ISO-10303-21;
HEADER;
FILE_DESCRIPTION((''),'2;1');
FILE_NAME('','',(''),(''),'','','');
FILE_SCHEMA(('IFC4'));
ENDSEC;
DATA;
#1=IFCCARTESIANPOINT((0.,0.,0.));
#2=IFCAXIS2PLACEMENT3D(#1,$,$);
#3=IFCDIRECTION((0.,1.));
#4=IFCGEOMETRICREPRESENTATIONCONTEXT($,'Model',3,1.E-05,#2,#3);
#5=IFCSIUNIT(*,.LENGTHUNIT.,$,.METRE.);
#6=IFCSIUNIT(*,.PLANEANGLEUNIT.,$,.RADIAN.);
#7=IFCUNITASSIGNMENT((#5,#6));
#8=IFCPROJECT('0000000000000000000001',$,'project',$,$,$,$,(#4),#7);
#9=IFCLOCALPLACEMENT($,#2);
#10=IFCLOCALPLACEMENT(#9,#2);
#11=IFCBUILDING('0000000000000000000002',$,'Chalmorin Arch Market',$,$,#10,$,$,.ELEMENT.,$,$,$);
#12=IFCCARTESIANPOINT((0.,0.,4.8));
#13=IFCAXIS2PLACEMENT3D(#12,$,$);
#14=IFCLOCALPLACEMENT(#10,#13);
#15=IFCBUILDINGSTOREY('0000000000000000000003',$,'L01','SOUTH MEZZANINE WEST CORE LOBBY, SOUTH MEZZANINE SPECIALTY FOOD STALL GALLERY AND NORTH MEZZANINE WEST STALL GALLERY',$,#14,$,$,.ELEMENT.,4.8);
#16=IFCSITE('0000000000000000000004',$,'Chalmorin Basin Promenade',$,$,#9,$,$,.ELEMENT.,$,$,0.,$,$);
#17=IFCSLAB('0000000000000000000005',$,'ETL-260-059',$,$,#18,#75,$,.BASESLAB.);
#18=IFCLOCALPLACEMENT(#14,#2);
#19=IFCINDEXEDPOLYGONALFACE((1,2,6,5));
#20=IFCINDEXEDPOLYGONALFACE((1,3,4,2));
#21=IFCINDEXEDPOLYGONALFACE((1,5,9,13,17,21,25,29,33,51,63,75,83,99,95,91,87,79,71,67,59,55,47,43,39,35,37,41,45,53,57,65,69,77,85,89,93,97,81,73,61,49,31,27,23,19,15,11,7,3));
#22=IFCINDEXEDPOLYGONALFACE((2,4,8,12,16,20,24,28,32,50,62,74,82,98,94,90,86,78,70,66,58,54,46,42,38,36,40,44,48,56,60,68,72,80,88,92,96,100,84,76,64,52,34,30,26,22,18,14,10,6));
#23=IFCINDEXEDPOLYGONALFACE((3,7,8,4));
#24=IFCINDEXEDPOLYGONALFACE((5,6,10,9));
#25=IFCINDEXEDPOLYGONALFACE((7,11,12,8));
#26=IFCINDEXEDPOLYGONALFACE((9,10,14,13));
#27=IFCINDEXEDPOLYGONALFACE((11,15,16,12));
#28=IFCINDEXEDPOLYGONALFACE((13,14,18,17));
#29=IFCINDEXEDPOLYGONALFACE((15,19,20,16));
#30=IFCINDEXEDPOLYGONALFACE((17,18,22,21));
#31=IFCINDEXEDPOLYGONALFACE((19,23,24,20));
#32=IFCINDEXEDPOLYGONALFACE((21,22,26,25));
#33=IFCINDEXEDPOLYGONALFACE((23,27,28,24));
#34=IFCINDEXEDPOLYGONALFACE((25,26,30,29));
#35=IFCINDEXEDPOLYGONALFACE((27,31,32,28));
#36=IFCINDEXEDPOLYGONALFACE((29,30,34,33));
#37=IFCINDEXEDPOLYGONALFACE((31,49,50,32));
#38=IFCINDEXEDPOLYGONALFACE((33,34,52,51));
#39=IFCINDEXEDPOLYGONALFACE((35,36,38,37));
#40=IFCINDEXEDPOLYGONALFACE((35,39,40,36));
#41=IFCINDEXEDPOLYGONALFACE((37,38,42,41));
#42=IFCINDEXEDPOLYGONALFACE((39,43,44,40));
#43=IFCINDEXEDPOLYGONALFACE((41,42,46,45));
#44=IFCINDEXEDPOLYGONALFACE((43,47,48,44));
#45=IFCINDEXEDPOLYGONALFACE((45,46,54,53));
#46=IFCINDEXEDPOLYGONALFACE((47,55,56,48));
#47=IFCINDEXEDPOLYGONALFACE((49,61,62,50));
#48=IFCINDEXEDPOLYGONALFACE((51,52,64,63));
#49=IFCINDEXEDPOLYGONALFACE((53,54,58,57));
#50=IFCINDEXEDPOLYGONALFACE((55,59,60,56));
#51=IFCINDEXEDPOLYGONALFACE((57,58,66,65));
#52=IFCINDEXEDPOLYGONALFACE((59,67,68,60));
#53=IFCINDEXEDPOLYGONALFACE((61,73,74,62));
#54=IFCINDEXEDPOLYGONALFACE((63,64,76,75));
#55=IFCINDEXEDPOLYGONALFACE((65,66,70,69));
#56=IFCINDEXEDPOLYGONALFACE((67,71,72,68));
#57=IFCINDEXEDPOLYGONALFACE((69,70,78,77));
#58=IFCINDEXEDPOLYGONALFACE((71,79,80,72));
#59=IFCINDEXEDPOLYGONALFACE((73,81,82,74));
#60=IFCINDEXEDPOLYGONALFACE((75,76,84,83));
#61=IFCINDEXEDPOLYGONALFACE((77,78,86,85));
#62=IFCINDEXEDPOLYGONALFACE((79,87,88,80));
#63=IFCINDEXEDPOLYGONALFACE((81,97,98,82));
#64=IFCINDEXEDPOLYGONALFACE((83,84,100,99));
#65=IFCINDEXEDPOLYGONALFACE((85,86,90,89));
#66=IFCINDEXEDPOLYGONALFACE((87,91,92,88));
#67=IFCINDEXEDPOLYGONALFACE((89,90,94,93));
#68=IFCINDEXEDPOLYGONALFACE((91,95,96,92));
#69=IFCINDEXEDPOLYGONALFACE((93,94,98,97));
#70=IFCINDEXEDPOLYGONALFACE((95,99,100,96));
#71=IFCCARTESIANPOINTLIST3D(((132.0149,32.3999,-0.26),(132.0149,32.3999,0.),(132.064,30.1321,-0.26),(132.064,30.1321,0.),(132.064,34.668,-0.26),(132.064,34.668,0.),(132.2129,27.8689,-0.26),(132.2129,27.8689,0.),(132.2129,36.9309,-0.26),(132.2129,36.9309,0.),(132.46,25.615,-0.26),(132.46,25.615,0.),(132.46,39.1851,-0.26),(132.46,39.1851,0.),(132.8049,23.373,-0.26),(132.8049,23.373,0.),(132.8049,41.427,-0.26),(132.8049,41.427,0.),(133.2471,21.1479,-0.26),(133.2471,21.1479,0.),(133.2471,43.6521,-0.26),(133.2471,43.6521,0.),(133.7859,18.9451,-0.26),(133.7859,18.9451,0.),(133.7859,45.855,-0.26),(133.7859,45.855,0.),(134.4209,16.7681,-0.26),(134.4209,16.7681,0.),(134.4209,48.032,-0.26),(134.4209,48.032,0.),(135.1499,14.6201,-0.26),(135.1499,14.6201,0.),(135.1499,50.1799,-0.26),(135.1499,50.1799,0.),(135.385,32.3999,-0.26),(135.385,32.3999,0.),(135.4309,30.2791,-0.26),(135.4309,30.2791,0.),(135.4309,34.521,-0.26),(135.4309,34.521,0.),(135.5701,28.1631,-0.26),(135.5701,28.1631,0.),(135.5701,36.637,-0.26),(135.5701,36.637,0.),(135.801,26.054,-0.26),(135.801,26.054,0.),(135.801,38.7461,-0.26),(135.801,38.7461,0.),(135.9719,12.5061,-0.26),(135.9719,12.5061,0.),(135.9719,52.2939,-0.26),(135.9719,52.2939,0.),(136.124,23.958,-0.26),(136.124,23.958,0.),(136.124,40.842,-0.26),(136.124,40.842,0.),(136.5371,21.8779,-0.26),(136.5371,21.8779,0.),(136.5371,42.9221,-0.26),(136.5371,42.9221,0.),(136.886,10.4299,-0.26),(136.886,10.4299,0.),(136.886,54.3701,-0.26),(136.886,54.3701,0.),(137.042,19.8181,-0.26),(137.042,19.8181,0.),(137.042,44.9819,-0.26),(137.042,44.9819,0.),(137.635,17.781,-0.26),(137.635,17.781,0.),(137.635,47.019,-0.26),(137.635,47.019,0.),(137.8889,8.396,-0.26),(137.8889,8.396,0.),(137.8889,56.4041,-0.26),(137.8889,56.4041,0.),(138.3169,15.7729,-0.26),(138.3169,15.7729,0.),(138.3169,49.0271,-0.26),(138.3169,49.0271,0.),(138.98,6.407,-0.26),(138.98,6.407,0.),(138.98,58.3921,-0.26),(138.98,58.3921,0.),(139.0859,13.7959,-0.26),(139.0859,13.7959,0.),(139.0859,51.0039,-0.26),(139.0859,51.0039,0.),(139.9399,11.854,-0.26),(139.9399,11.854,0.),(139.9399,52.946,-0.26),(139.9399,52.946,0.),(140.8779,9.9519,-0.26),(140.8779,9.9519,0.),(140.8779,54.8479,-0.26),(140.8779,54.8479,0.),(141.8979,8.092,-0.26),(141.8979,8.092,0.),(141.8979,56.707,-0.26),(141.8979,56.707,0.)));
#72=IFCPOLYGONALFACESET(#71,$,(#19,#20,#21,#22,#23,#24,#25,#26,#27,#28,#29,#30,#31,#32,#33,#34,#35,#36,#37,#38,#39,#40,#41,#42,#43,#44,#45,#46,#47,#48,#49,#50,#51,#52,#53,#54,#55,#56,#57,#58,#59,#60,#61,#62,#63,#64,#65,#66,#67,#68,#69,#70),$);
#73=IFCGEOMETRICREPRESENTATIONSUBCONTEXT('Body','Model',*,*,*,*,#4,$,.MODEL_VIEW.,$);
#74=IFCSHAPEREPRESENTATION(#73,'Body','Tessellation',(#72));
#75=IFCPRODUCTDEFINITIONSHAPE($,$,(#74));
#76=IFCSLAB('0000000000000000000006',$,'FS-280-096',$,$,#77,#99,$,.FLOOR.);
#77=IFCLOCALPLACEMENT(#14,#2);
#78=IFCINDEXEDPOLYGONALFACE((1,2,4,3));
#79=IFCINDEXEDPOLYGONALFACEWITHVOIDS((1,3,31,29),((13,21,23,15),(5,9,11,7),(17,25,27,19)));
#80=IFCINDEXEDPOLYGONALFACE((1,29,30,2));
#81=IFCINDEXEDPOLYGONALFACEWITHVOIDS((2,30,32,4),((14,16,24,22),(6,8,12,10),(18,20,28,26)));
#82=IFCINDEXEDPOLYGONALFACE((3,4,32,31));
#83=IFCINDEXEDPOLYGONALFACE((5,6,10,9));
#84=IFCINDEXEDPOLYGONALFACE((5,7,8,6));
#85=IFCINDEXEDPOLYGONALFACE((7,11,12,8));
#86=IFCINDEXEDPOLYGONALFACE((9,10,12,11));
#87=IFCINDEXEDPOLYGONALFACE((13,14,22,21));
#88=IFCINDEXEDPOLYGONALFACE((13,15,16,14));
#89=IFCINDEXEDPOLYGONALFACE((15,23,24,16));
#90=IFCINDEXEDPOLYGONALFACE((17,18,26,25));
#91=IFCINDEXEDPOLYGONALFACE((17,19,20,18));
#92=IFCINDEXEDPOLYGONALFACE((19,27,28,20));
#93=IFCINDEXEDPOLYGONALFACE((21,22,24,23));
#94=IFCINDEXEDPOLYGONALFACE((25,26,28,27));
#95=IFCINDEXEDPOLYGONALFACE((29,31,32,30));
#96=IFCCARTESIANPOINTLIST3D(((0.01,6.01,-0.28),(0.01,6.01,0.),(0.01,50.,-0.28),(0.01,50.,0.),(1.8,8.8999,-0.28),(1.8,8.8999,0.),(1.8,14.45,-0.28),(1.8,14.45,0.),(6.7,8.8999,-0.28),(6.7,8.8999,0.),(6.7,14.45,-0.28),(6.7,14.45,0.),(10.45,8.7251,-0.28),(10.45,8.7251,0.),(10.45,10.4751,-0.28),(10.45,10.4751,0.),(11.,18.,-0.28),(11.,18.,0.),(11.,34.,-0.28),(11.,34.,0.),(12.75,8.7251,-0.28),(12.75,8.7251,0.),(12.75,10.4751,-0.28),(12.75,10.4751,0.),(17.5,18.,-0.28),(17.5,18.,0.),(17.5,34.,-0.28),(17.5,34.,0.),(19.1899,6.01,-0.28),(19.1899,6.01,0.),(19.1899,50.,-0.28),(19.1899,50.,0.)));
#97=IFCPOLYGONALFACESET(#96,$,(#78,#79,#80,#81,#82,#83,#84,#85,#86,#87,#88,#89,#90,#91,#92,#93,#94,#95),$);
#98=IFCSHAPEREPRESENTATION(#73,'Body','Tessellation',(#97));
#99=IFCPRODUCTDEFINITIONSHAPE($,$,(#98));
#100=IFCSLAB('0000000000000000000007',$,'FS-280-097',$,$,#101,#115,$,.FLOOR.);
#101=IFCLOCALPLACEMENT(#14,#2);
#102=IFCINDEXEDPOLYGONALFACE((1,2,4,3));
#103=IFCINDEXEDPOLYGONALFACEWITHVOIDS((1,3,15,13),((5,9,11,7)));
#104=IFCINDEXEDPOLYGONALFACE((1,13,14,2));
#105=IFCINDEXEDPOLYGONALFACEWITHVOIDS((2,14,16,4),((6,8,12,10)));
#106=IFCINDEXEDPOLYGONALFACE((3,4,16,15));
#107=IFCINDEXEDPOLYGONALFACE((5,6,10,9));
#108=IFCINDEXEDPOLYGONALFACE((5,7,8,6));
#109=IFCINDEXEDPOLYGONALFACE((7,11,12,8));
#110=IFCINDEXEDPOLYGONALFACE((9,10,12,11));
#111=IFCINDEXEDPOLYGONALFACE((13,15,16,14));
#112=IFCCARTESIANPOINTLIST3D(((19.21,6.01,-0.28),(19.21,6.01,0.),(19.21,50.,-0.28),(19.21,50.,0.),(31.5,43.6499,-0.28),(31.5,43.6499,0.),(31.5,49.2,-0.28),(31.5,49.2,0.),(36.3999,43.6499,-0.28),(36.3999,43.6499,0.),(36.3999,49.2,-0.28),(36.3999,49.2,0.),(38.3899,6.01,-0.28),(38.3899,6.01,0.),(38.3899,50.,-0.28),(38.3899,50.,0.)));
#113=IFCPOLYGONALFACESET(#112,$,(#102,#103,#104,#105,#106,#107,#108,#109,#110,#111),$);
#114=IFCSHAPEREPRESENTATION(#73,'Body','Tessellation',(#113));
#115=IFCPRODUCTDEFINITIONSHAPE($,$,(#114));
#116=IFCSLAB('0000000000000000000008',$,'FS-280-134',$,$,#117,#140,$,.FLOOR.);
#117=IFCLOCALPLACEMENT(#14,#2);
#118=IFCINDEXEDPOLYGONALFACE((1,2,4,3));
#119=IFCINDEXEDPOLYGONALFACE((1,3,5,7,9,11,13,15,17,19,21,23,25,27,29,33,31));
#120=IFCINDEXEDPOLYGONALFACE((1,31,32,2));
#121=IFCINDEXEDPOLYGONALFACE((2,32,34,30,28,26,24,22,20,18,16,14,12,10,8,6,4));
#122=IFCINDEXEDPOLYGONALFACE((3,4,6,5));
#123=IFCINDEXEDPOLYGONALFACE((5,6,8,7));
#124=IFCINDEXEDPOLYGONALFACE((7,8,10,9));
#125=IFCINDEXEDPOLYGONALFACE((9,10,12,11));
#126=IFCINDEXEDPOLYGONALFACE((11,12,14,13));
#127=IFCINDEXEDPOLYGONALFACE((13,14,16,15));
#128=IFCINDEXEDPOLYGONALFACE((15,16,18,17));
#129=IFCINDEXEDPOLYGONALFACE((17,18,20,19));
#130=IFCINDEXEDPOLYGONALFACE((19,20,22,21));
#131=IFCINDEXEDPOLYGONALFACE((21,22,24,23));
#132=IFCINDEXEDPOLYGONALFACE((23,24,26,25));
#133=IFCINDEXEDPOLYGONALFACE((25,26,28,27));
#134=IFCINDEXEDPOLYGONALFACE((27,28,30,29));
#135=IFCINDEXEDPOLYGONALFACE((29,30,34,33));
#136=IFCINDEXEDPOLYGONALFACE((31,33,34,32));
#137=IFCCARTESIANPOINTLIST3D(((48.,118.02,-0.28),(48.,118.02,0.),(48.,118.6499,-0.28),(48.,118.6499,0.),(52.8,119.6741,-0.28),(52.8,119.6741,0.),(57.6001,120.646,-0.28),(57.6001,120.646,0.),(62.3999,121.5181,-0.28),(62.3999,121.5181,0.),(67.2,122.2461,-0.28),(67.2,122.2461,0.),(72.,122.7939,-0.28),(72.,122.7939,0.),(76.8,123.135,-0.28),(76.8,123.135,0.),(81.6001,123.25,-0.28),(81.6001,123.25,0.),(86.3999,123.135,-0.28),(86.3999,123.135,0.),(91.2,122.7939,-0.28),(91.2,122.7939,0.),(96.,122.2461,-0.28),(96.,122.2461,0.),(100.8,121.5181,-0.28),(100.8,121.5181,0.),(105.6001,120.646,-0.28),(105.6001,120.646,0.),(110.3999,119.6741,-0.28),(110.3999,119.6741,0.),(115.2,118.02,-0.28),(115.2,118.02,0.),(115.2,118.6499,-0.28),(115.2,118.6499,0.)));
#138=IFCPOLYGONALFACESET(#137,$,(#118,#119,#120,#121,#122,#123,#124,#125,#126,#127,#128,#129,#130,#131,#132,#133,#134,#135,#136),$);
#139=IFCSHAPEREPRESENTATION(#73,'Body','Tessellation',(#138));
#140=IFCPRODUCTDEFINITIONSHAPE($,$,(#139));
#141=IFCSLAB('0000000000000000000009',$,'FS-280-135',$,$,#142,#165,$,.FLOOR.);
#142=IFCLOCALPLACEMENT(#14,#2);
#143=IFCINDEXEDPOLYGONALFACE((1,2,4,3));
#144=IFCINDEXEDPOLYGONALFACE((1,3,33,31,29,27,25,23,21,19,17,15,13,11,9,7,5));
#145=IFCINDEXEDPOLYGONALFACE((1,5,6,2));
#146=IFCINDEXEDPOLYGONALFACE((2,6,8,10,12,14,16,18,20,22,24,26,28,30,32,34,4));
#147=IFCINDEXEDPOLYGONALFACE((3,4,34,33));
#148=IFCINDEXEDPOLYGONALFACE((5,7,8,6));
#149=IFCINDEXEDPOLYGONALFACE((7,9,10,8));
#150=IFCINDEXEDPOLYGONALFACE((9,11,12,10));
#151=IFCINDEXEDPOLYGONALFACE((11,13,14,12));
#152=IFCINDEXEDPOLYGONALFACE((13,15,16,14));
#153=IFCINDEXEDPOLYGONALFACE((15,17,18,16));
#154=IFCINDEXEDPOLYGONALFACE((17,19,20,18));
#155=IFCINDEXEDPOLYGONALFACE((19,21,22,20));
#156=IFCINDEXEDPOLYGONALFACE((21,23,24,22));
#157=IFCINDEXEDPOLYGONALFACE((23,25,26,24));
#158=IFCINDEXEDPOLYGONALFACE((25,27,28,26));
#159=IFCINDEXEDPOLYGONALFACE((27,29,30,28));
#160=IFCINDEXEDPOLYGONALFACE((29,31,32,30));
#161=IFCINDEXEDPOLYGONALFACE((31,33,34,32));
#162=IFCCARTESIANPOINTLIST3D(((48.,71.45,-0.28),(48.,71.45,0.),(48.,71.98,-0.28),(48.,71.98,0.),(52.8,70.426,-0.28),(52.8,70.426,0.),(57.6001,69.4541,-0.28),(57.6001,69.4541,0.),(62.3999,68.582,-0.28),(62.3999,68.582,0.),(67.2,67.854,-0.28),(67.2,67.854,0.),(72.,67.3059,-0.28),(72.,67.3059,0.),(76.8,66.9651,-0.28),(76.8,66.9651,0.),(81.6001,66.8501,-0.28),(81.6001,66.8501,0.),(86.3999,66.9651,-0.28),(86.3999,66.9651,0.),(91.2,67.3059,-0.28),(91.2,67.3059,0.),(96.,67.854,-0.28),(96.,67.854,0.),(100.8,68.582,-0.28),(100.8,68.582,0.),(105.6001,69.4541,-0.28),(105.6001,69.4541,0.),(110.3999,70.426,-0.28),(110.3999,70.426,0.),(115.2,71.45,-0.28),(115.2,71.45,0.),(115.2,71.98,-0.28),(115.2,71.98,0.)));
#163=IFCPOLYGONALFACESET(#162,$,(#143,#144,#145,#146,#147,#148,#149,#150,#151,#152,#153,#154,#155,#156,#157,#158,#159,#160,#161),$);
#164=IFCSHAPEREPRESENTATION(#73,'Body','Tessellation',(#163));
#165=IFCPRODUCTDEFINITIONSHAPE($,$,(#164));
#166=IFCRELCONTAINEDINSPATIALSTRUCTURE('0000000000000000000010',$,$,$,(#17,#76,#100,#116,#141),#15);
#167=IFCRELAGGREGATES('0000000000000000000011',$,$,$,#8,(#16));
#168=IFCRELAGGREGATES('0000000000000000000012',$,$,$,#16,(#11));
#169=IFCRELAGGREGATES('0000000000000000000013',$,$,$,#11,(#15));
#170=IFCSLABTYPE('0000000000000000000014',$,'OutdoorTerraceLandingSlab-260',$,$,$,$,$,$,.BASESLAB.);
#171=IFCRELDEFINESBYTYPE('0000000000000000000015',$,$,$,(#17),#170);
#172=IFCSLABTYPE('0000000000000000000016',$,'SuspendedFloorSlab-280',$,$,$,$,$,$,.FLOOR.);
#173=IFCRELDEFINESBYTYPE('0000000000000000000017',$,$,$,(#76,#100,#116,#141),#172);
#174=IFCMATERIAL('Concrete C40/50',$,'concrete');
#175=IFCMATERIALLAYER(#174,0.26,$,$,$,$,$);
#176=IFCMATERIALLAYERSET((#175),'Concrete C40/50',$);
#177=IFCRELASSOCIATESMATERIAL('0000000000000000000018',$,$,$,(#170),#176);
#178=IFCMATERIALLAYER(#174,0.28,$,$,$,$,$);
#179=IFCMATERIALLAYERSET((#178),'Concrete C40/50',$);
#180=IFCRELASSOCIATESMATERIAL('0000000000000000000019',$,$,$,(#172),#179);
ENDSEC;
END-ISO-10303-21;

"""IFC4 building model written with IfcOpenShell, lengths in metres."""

from ifc_helpers import new_model, si_unit, direction, frame, origin, place, context, subcontext, project, spatial, polyline, outline, extrude, material, layer, layer_set, type_object, element, save


model = new_model("IFC4")

# Units and contexts
model_context = context("Model", 3, precision=1e-05, world=origin(), true_north=direction((0.0, 1.0)))
body_context = subcontext(model_context, "Body", "Model", "MODEL_VIEW")
ifc_project = project(units=[si_unit("LENGTHUNIT", "METRE"), si_unit("PLANEANGLEUNIT", "RADIAN")], contexts=[model_context])

# Site, building, storey
site_placement = place(None, origin())
site = spatial("IfcSite", under=ifc_project, at=site_placement, Name="Chalmorin Basin Promenade", CompositionType="ELEMENT", RefElevation=0.0)
building_placement = place(site_placement, origin())
building = spatial("IfcBuilding", under=site, at=building_placement, Name="Chalmorin Arch Market", CompositionType="ELEMENT")
storey_placement = place(building_placement, frame((0.0, 0.0, 4.8)))
storey = spatial("IfcBuildingStorey", under=building, at=storey_placement, Name="L01", Description="SOUTH MEZZANINE WEST CORE LOBBY, SOUTH MEZZANINE SPECIALTY FOOD STALL GALLERY AND NORTH MEZZANINE WEST STALL GALLERY", CompositionType="ELEMENT", Elevation=4.8)

# Shared definitions
ifc_material_1 = material(Name="Concrete C40/50", Category="concrete")

# Slabs
ifc_layer_1 = layer(ifc_material_1, 0.26)
ifc_layer_set_1 = layer_set([ifc_layer_1], Name="Concrete C40/50")
slab_type_1 = type_object("IfcSlabType", Name="OutdoorTerraceLandingSlab-260", PredefinedType="BASESLAB", material=ifc_layer_set_1)
slab_1_placement = place(storey_placement, frame((0.0, 0.0, -0.26)))
element("IfcSlab", 1, at=slab_1_placement, inside=storey, type_object=slab_type_1, Name="ETL-260-059", PredefinedType="BASESLAB", context=body_context, shape_type="SweptSolid", body=[
    extrude(outline(polyline([(138.98, 58.3921), (137.8889, 56.4041), (136.886, 54.3701), (135.9719, 52.2939), (135.1499, 50.1799), (134.4209, 48.032), (133.7859, 45.855), (133.2471, 43.6521), (132.8049, 41.427), (132.46, 39.1851), (132.2129, 36.9309), (132.064, 34.668), (132.0149, 32.3999), (132.064, 30.1321), (132.2129, 27.8689), (132.46, 25.615), (132.8049, 23.373), (133.2471, 21.1479), (133.7859, 18.9451), (134.4209, 16.7681), (135.1499, 14.6201), (135.9719, 12.5061), (136.886, 10.4299), (137.8889, 8.396), (138.98, 6.407), (141.8979, 8.092), (140.8779, 9.9519), (139.9399, 11.854), (139.0859, 13.7959), (138.3169, 15.7729), (137.635, 17.781), (137.042, 19.8181), (136.5371, 21.8779), (136.124, 23.958), (135.801, 26.054), (135.5701, 28.1631), (135.4309, 30.2791), (135.385, 32.3999), (135.4309, 34.521), (135.5701, 36.637), (135.801, 38.7461), (136.124, 40.842), (136.5371, 42.9221), (137.042, 44.9819), (137.635, 47.019), (138.3169, 49.0271), (139.0859, 51.0039), (139.9399, 52.946), (140.8779, 54.8479), (141.8979, 56.707), (138.98, 58.3921)])), origin(), (0.0, 0.0, 1.0), 0.26),
])
ifc_layer_2 = layer(ifc_material_1, 0.28)
ifc_layer_set_2 = layer_set([ifc_layer_2], Name="Concrete C40/50")
slab_type_2 = type_object("IfcSlabType", Name="SuspendedFloorSlab-280", PredefinedType="FLOOR", material=ifc_layer_set_2)
slab_2_placement = place(storey_placement, frame((0.0, 0.0, -0.28)))
element("IfcSlab", 2, at=slab_2_placement, inside=storey, type_object=slab_type_2, Name="FS-280-096", PredefinedType="FLOOR", context=body_context, shape_type="SweptSolid", body=[
    extrude(outline(polyline([(0.01, 6.01), (19.1899, 6.01), (19.1899, 50.0), (0.01, 50.0), (0.01, 6.01)]), holes=[polyline([(1.8, 8.8999), (6.7, 8.8999), (6.7, 14.45), (1.8, 14.45), (1.8, 8.8999)]), polyline([(10.45, 8.7251), (12.75, 8.7251), (12.75, 10.4751), (10.45, 10.4751), (10.45, 8.7251)]), polyline([(11.0, 18.0), (17.5, 18.0), (17.5, 34.0), (11.0, 34.0), (11.0, 18.0)])]), origin(), (0.0, 0.0, 1.0), 0.28),
])
slab_3_placement = place(storey_placement, frame((0.0, 0.0, -0.28)))
element("IfcSlab", 3, at=slab_3_placement, inside=storey, type_object=slab_type_2, Name="FS-280-097", PredefinedType="FLOOR", context=body_context, shape_type="SweptSolid", body=[
    extrude(outline(polyline([(19.21, 6.01), (38.3899, 6.01), (38.3899, 50.0), (19.21, 50.0), (19.21, 6.01)]), holes=[polyline([(31.5, 43.6499), (36.3999, 43.6499), (36.3999, 49.2), (31.5, 49.2), (31.5, 43.6499)])]), origin(), (0.0, 0.0, 1.0), 0.28),
])
slab_4_placement = place(storey_placement, frame((0.0, 0.0, -0.28)))
element("IfcSlab", 4, at=slab_4_placement, inside=storey, type_object=slab_type_2, Name="FS-280-134", PredefinedType="FLOOR", context=body_context, shape_type="SweptSolid", body=[
    extrude(outline(polyline([(48.0, 118.02), (48.0, 118.6499), (52.8, 119.6741), (57.6001, 120.646), (62.3999, 121.5181), (67.2, 122.2461), (72.0, 122.7939), (76.8, 123.135), (81.6001, 123.25), (86.3999, 123.135), (91.2, 122.7939), (96.0, 122.2461), (100.8, 121.5181), (105.6001, 120.646), (110.3999, 119.6741), (115.2, 118.6499), (115.2, 118.02), (48.0, 118.02)])), origin(), (0.0, 0.0, 1.0), 0.28),
])
slab_5_placement = place(storey_placement, frame((0.0, 0.0, -0.28)))
element("IfcSlab", 5, at=slab_5_placement, inside=storey, type_object=slab_type_2, Name="FS-280-135", PredefinedType="FLOOR", context=body_context, shape_type="SweptSolid", body=[
    extrude(outline(polyline([(48.0, 71.98), (115.2, 71.98), (115.2, 71.45), (110.3999, 70.426), (105.6001, 69.4541), (100.8, 68.582), (96.0, 67.854), (91.2, 67.3059), (86.3999, 66.9651), (81.6001, 66.8501), (76.8, 66.9651), (72.0, 67.3059), (67.2, 67.854), (62.3999, 68.582), (57.6001, 69.4541), (52.8, 70.426), (48.0, 71.45), (48.0, 71.98)])), origin(), (0.0, 0.0, 1.0), 0.28),
])

save(model, "model.ifc")
